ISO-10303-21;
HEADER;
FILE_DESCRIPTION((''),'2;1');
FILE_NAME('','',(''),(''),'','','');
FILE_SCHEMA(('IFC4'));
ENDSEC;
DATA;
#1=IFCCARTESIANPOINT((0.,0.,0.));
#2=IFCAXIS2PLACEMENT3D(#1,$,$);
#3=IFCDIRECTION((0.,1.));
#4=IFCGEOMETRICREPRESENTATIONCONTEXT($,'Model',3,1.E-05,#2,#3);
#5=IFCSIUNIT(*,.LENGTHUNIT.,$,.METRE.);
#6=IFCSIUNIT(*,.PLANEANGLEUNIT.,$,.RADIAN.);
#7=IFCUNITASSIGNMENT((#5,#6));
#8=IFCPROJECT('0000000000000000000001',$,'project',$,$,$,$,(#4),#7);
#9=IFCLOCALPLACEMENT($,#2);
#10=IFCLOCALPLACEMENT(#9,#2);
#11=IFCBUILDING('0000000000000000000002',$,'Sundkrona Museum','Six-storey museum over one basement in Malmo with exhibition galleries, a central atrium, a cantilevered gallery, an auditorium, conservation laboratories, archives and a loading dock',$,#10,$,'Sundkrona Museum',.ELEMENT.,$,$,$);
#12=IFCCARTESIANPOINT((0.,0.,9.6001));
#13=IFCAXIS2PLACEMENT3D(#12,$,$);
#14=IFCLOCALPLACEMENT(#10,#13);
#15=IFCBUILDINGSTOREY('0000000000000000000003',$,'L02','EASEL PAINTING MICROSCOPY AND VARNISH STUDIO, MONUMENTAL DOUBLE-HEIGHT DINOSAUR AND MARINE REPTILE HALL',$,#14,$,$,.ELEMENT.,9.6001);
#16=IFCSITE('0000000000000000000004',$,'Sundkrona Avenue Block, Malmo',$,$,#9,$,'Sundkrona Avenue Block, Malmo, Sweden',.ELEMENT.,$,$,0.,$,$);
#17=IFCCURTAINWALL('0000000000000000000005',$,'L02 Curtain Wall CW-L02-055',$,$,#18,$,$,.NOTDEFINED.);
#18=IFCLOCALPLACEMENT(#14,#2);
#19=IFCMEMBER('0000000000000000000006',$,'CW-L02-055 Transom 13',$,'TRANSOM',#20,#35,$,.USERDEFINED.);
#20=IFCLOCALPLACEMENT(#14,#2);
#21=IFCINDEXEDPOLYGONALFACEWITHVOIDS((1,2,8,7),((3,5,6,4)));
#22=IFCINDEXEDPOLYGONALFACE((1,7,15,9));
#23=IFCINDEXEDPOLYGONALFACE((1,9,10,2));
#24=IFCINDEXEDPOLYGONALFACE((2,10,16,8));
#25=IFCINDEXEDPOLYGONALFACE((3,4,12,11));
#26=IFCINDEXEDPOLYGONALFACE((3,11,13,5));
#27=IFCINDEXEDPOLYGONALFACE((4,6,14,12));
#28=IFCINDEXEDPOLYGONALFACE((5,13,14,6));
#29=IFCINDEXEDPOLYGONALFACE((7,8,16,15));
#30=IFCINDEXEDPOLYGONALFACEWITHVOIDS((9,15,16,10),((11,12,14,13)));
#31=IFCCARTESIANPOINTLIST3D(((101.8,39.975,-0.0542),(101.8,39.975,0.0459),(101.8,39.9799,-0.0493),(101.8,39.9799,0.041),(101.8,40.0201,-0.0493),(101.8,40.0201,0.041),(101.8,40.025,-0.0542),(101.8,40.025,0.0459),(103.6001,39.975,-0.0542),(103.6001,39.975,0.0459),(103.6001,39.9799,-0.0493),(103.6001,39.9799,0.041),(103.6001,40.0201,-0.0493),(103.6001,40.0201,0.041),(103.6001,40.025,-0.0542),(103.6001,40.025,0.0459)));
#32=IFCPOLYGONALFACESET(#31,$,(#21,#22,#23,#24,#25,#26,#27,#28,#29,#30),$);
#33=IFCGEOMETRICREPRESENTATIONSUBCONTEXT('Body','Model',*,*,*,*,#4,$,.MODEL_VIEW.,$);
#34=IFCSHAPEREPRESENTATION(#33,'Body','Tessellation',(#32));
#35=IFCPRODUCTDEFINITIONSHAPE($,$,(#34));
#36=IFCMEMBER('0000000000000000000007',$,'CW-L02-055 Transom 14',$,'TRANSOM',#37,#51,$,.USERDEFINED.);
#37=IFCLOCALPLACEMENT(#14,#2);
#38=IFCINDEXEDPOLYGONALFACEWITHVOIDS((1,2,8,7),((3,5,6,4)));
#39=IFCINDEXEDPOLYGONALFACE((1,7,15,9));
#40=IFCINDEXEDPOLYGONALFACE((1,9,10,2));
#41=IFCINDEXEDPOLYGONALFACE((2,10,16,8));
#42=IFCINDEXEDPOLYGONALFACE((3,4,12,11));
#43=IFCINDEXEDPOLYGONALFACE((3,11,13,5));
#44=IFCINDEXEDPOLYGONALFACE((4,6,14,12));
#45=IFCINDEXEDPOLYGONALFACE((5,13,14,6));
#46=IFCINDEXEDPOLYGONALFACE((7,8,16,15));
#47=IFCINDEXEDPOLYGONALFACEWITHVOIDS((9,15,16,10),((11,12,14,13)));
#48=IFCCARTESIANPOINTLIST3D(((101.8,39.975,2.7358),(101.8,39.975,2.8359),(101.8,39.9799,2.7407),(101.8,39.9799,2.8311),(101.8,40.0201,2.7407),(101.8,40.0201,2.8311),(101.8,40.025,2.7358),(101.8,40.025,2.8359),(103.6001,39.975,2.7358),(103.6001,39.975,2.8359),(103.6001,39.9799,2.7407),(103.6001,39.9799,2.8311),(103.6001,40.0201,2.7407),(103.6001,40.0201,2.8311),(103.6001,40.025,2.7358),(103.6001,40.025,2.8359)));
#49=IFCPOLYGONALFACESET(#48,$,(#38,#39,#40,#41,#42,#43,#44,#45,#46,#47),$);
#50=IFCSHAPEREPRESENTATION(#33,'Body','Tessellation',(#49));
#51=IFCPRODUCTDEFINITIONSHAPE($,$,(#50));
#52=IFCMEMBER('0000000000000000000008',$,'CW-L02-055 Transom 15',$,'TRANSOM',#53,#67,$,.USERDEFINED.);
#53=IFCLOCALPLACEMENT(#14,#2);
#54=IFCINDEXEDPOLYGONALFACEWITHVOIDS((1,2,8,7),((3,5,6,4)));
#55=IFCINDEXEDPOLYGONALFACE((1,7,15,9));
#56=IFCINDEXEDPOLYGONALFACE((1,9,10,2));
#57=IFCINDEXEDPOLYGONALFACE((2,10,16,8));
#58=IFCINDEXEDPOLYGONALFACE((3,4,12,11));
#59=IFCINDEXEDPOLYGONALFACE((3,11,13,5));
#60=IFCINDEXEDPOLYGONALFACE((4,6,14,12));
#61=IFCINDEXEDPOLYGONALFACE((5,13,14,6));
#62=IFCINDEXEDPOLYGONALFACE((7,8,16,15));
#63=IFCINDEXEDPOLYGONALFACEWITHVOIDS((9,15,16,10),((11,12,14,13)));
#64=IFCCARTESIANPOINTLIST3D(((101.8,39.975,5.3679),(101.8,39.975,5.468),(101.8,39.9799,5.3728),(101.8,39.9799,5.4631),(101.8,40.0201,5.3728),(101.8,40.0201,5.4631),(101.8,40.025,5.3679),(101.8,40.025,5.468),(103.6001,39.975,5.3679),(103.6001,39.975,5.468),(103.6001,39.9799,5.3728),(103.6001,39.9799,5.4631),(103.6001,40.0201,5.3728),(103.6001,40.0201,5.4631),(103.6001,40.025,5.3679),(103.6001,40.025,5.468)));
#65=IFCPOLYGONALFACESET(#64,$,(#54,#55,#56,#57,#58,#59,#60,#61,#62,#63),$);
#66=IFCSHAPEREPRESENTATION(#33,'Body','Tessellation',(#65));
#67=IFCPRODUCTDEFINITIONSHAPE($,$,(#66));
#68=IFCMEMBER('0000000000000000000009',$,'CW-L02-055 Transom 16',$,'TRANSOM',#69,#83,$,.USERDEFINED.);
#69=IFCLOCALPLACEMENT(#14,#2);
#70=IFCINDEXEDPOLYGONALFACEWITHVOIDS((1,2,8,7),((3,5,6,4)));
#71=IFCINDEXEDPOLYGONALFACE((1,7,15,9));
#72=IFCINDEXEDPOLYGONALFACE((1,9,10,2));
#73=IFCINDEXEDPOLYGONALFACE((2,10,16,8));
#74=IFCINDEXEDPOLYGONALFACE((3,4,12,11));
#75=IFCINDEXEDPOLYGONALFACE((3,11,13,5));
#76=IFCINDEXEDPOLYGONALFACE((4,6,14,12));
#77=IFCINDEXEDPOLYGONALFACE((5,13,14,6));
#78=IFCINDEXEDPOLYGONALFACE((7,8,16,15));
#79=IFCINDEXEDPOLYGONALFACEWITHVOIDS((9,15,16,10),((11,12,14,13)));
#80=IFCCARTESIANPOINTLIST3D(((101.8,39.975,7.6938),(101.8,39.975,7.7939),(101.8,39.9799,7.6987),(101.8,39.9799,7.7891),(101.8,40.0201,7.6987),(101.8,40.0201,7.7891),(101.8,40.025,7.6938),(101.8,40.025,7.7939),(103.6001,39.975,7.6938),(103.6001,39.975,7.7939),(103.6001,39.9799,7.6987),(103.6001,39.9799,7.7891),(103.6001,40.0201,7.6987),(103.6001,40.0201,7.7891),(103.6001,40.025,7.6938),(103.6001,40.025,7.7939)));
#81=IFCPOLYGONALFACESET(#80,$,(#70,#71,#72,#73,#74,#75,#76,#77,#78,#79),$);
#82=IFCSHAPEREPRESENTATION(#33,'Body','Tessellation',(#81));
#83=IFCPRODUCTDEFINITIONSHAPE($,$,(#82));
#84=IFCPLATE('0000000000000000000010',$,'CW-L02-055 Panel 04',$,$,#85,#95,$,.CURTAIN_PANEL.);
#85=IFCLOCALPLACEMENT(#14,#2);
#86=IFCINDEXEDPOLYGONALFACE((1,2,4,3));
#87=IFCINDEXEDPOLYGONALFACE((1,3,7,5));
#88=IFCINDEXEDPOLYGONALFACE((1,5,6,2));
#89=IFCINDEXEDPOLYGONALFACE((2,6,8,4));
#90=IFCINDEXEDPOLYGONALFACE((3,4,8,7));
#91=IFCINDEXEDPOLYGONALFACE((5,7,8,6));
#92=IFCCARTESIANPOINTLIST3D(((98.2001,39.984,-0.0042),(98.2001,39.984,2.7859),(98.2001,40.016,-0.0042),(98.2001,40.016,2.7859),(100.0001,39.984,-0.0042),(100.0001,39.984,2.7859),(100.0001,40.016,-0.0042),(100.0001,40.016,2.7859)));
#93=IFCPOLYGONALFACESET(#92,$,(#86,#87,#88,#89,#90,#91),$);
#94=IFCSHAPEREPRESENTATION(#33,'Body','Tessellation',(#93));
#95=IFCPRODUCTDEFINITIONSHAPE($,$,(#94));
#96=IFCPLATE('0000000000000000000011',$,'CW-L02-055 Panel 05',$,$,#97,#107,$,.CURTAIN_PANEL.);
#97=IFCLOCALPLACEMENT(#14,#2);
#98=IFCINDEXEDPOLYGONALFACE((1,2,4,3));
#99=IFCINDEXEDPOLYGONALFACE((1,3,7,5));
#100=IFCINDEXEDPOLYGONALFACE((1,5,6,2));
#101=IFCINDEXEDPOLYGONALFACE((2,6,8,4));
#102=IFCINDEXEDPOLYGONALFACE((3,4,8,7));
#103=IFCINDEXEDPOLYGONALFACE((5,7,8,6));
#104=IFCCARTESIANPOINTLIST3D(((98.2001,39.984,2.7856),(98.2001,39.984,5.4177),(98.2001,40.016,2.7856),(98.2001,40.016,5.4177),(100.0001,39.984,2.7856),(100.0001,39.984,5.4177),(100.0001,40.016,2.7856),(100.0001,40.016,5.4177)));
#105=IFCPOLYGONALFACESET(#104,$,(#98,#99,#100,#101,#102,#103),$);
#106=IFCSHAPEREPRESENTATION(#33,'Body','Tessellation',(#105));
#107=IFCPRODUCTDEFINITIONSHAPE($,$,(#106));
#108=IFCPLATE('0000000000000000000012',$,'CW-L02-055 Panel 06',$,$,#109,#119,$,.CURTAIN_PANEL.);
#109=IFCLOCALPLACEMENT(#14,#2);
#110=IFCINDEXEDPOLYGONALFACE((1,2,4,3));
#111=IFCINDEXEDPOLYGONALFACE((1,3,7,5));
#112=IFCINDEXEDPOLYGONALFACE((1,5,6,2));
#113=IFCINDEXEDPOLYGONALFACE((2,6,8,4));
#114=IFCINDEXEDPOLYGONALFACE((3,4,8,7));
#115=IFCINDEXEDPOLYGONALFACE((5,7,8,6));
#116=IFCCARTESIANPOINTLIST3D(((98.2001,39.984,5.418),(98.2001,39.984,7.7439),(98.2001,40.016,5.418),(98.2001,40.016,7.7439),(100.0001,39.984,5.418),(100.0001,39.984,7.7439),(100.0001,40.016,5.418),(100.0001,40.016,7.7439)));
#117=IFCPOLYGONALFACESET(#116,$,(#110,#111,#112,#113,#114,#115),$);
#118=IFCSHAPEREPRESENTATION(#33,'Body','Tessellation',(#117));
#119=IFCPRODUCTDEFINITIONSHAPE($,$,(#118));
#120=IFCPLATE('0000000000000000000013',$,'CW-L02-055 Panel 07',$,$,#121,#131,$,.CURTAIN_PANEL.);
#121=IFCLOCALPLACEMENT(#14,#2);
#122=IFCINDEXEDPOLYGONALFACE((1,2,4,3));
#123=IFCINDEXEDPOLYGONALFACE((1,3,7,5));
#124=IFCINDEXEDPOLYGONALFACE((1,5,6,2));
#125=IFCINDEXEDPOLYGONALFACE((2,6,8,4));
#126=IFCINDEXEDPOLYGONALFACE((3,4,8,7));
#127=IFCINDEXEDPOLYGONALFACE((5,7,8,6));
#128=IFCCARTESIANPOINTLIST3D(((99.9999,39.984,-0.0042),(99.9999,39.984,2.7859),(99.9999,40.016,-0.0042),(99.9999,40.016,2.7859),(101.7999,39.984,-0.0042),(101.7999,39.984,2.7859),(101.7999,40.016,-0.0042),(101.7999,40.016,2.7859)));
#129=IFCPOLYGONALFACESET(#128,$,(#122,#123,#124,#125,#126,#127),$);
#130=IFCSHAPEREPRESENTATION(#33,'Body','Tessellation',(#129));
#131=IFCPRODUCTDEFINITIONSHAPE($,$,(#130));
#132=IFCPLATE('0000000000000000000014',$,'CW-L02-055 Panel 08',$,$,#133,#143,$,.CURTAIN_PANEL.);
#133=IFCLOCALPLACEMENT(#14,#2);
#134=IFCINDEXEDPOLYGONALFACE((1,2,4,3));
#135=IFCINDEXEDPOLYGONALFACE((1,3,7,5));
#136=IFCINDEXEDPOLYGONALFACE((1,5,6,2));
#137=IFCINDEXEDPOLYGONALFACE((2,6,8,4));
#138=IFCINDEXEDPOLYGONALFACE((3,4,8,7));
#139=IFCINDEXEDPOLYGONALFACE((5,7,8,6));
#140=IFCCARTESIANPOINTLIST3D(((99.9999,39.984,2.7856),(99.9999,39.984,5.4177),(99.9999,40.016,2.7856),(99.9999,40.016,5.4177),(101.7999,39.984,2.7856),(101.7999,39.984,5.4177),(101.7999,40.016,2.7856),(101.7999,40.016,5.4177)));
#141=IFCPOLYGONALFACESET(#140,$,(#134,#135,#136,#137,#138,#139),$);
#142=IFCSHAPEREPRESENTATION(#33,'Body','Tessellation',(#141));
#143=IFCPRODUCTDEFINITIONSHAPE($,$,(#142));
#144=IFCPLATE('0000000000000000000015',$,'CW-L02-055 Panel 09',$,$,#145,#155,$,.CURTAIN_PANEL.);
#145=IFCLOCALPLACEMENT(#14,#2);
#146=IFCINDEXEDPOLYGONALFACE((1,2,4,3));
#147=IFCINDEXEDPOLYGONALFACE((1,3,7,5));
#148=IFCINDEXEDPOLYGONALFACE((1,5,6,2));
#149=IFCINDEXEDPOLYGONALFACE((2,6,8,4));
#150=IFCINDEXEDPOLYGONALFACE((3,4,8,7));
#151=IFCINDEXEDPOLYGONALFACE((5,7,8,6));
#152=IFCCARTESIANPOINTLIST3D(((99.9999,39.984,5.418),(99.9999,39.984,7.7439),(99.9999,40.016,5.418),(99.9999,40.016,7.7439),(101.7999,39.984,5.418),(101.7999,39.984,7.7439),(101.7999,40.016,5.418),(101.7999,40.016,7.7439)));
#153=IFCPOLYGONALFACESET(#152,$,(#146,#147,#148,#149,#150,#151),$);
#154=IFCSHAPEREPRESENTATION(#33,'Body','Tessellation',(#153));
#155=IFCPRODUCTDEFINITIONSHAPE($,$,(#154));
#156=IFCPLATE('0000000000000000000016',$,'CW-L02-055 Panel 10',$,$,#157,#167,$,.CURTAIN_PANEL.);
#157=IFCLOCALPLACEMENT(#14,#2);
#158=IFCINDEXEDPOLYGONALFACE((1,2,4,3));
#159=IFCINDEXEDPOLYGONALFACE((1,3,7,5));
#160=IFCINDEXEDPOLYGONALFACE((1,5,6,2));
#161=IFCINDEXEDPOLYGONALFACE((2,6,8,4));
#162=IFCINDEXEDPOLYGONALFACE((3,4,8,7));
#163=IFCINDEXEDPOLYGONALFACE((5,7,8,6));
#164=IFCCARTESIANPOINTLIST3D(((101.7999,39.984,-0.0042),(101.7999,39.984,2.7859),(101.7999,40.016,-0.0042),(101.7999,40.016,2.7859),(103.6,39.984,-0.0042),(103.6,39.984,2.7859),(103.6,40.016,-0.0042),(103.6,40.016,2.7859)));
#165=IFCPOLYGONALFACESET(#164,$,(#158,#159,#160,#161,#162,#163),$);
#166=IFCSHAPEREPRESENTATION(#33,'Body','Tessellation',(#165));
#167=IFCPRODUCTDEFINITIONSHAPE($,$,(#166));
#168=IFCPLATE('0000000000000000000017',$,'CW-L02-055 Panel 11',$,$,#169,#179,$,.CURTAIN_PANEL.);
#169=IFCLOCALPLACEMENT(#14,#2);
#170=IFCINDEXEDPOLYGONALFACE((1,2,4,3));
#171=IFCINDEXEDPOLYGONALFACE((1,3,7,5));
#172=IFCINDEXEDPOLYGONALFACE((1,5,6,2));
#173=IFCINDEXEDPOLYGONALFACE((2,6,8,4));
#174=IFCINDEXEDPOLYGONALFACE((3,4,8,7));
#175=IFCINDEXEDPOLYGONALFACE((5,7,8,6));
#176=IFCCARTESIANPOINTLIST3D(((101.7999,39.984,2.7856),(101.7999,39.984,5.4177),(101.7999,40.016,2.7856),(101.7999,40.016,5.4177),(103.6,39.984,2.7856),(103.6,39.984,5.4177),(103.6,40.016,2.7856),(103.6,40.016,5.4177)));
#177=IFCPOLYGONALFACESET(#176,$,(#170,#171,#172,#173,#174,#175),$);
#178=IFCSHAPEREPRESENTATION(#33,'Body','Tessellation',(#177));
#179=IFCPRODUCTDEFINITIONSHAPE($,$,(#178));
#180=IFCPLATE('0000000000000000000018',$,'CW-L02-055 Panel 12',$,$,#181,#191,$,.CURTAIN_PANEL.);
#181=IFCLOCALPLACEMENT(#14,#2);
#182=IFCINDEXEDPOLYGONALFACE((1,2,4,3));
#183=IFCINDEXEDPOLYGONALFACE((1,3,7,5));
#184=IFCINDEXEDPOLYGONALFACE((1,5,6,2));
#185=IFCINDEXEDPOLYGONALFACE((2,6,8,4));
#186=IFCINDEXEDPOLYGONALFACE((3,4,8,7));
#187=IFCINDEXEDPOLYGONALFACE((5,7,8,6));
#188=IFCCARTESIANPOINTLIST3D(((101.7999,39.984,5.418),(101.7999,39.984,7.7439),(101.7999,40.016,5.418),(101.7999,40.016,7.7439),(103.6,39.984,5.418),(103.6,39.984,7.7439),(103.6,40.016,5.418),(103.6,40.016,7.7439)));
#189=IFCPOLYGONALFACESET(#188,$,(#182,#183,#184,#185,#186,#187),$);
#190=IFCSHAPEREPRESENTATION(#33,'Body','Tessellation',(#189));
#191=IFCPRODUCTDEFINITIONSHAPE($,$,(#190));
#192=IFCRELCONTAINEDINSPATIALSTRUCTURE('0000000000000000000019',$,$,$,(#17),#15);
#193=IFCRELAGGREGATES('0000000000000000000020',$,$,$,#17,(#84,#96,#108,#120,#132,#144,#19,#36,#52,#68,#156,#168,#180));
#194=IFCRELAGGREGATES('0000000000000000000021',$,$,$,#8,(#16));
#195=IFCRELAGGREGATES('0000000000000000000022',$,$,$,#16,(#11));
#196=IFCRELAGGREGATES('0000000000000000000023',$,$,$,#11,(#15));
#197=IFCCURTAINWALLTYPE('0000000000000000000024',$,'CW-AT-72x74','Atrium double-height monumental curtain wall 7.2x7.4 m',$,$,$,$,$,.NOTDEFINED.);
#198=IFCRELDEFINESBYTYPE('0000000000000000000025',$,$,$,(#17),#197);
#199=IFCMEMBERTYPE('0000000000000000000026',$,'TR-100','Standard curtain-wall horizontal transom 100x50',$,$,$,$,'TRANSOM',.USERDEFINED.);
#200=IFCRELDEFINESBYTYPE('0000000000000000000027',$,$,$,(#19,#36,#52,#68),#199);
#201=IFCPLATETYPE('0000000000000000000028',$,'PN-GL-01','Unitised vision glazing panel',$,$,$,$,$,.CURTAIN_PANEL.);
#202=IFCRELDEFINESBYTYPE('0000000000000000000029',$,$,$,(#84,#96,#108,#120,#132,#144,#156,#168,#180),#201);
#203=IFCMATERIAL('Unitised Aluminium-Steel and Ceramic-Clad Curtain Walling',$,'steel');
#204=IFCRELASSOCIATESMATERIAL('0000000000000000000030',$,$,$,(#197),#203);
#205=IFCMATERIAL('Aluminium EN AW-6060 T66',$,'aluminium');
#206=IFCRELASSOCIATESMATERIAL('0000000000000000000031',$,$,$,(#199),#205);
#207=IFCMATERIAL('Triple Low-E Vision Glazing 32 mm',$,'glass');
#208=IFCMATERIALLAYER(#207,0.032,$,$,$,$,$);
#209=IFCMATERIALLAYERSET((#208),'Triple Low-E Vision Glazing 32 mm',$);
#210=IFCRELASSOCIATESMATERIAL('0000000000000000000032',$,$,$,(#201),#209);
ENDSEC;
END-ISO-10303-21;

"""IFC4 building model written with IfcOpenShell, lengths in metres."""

from ifc_helpers import new_model, si_unit, direction, frame, origin, origin_2d, place, context, subcontext, project, spatial, rectangle, hollow_rectangle, extrude, material, layer, layer_set, material_profile, profile_set, type_object, element, aggregate, save


model = new_model("IFC4")

# Units and contexts
model_context = context("Model", 3, precision=1e-05, world=origin(), true_north=direction((0.0, 1.0)))
body_context = subcontext(model_context, "Body", "Model", "MODEL_VIEW")
ifc_project = project(units=[si_unit("LENGTHUNIT", "METRE"), si_unit("PLANEANGLEUNIT", "RADIAN")], contexts=[model_context])

# Site, building, storey
site_placement = place(None, origin())
site = spatial("IfcSite", under=ifc_project, at=site_placement, Name="Sundkrona Avenue Block, Malmo", LongName="Sundkrona Avenue Block, Malmo, Sweden", CompositionType="ELEMENT", RefElevation=0.0)
building_placement = place(site_placement, origin())
building = spatial("IfcBuilding", under=site, at=building_placement, Name="Sundkrona Museum", Description="Six-storey museum over one basement in Malmo with exhibition galleries, a central atrium, a cantilevered gallery, an auditorium, conservation laboratories, archives and a loading dock", LongName="Sundkrona Museum", CompositionType="ELEMENT")
storey_placement = place(building_placement, frame((0.0, 0.0, 9.6001)))
storey = spatial("IfcBuildingStorey", under=building, at=storey_placement, Name="L02", Description="EASEL PAINTING MICROSCOPY AND VARNISH STUDIO, MONUMENTAL DOUBLE-HEIGHT DINOSAUR AND MARINE REPTILE HALL", CompositionType="ELEMENT", Elevation=9.6001)

# Curtain wall, members, plates
ifc_material_1 = material(Name="Unitised Aluminium-Steel and Ceramic-Clad Curtain Walling", Category="steel")
curtain_wall_type = type_object("IfcCurtainWallType", Name="CW-AT-72x74", Description="Atrium double-height monumental curtain wall 7.2x7.4 m", PredefinedType="NOTDEFINED", material=ifc_material_1)
curtain_wall_placement = place(storey_placement, origin())
curtain_wall = element("IfcCurtainWall", 1, at=curtain_wall_placement, inside=storey, type_object=curtain_wall_type, Name="L02 Curtain Wall CW-L02-055", PredefinedType="NOTDEFINED")
ifc_material_2 = material(Name="Aluminium EN AW-6060 T66", Category="aluminium")
ifc_material_profile_1 = material_profile(ifc_material_2, hollow_rectangle(XDim=0.05, YDim=0.1001, WallThickness=0.0049, at=origin_2d()), Name="RHS 100x50x5.0")
ifc_profile_set_1 = profile_set([ifc_material_profile_1], Name="Aluminium EN AW-6060 T66")
member_type_1 = type_object("IfcMemberType", Name="TR-100", Description="Standard curtain-wall horizontal transom 100x50", ElementType="TRANSOM", PredefinedType="USERDEFINED", material=ifc_profile_set_1)
member_1_placement = place(storey_placement, frame((101.8, 40.0, -0.0042), z_axis=(1.0, 0.0, 0.0), x_axis=(0.0, 1.0, 0.0)))
member_1 = element("IfcMember", 2, at=member_1_placement, type_object=member_type_1, Name="CW-L02-055 Transom 13", ObjectType="TRANSOM", PredefinedType="USERDEFINED", context=body_context, shape_type="SweptSolid", body=[
    extrude(hollow_rectangle(XDim=0.05, YDim=0.1001, WallThickness=0.0049, at=origin_2d()), origin(), (0.0, 0.0, 1.0), 1.8),
])
member_2_placement = place(storey_placement, frame((101.8, 40.0, 2.7859), z_axis=(1.0, 0.0, 0.0), x_axis=(0.0, 1.0, 0.0)))
member_2 = element("IfcMember", 3, at=member_2_placement, type_object=member_type_1, Name="CW-L02-055 Transom 14", ObjectType="TRANSOM", PredefinedType="USERDEFINED", context=body_context, shape_type="SweptSolid", body=[
    extrude(hollow_rectangle(XDim=0.05, YDim=0.1001, WallThickness=0.0049, at=origin_2d()), origin(), (0.0, 0.0, 1.0), 1.8),
])
member_3_placement = place(storey_placement, frame((101.8, 40.0, 5.418), z_axis=(1.0, 0.0, 0.0), x_axis=(0.0, 1.0, 0.0)))
member_3 = element("IfcMember", 4, at=member_3_placement, type_object=member_type_1, Name="CW-L02-055 Transom 15", ObjectType="TRANSOM", PredefinedType="USERDEFINED", context=body_context, shape_type="SweptSolid", body=[
    extrude(hollow_rectangle(XDim=0.05, YDim=0.1001, WallThickness=0.0049, at=origin_2d()), origin(), (0.0, 0.0, 1.0), 1.8),
])
member_4_placement = place(storey_placement, frame((101.8, 40.0, 7.7439), z_axis=(1.0, 0.0, 0.0), x_axis=(0.0, 1.0, 0.0)))
member_4 = element("IfcMember", 5, at=member_4_placement, type_object=member_type_1, Name="CW-L02-055 Transom 16", ObjectType="TRANSOM", PredefinedType="USERDEFINED", context=body_context, shape_type="SweptSolid", body=[
    extrude(hollow_rectangle(XDim=0.05, YDim=0.1001, WallThickness=0.0049, at=origin_2d()), origin(), (0.0, 0.0, 1.0), 1.8),
])
ifc_material_3 = material(Name="Triple Low-E Vision Glazing 32 mm", Category="glass")
ifc_layer = layer(ifc_material_3, 0.032)
ifc_layer_set = layer_set([ifc_layer], Name="Triple Low-E Vision Glazing 32 mm")
plate_type = type_object("IfcPlateType", Name="PN-GL-01", Description="Unitised vision glazing panel", PredefinedType="CURTAIN_PANEL", material=ifc_layer_set)
plate_1_placement = place(storey_placement, frame((99.1001, 40.0, -0.0042), z_axis=(0.0, 0.0, 1.0), x_axis=(1.0, 0.0, 0.0)))
plate_1 = element("IfcPlate", 6, at=plate_1_placement, type_object=plate_type, Name="CW-L02-055 Panel 04", PredefinedType="CURTAIN_PANEL", context=body_context, shape_type="SweptSolid", body=[
    extrude(rectangle(XDim=1.8, YDim=0.032, at=origin_2d()), origin(), (0.0, 0.0, 1.0), 2.79),
])
plate_2_placement = place(storey_placement, frame((99.1001, 40.0, 2.7856), z_axis=(0.0, 0.0, 1.0), x_axis=(1.0, 0.0, 0.0)))
plate_2 = element("IfcPlate", 7, at=plate_2_placement, type_object=plate_type, Name="CW-L02-055 Panel 05", PredefinedType="CURTAIN_PANEL", context=body_context, shape_type="SweptSolid", body=[
    extrude(rectangle(XDim=1.8, YDim=0.032, at=origin_2d()), origin(), (0.0, 0.0, 1.0), 2.6321),
])
plate_3_placement = place(storey_placement, frame((99.1001, 40.0, 5.418), z_axis=(0.0, 0.0, 1.0), x_axis=(1.0, 0.0, 0.0)))
plate_3 = element("IfcPlate", 8, at=plate_3_placement, type_object=plate_type, Name="CW-L02-055 Panel 06", PredefinedType="CURTAIN_PANEL", context=body_context, shape_type="SweptSolid", body=[
    extrude(rectangle(XDim=1.8, YDim=0.032, at=origin_2d()), origin(), (0.0, 0.0, 1.0), 2.3259),
])
plate_4_placement = place(storey_placement, frame((100.8999, 40.0, -0.0042), z_axis=(0.0, 0.0, 1.0), x_axis=(1.0, 0.0, 0.0)))
plate_4 = element("IfcPlate", 9, at=plate_4_placement, type_object=plate_type, Name="CW-L02-055 Panel 07", PredefinedType="CURTAIN_PANEL", context=body_context, shape_type="SweptSolid", body=[
    extrude(rectangle(XDim=1.8, YDim=0.032, at=origin_2d()), origin(), (0.0, 0.0, 1.0), 2.79),
])
plate_5_placement = place(storey_placement, frame((100.8999, 40.0, 2.7856), z_axis=(0.0, 0.0, 1.0), x_axis=(1.0, 0.0, 0.0)))
plate_5 = element("IfcPlate", 10, at=plate_5_placement, type_object=plate_type, Name="CW-L02-055 Panel 08", PredefinedType="CURTAIN_PANEL", context=body_context, shape_type="SweptSolid", body=[
    extrude(rectangle(XDim=1.8, YDim=0.032, at=origin_2d()), origin(), (0.0, 0.0, 1.0), 2.6321),
])
plate_6_placement = place(storey_placement, frame((100.8999, 40.0, 5.418), z_axis=(0.0, 0.0, 1.0), x_axis=(1.0, 0.0, 0.0)))
plate_6 = element("IfcPlate", 11, at=plate_6_placement, type_object=plate_type, Name="CW-L02-055 Panel 09", PredefinedType="CURTAIN_PANEL", context=body_context, shape_type="SweptSolid", body=[
    extrude(rectangle(XDim=1.8, YDim=0.032, at=origin_2d()), origin(), (0.0, 0.0, 1.0), 2.3259),
])
plate_7_placement = place(storey_placement, frame((102.7, 40.0, -0.0042), z_axis=(0.0, 0.0, 1.0), x_axis=(1.0, 0.0, 0.0)))
plate_7 = element("IfcPlate", 12, at=plate_7_placement, type_object=plate_type, Name="CW-L02-055 Panel 10", PredefinedType="CURTAIN_PANEL", context=body_context, shape_type="SweptSolid", body=[
    extrude(rectangle(XDim=1.8, YDim=0.032, at=origin_2d()), origin(), (0.0, 0.0, 1.0), 2.79),
])
plate_8_placement = place(storey_placement, frame((102.7, 40.0, 2.7856), z_axis=(0.0, 0.0, 1.0), x_axis=(1.0, 0.0, 0.0)))
plate_8 = element("IfcPlate", 13, at=plate_8_placement, type_object=plate_type, Name="CW-L02-055 Panel 11", PredefinedType="CURTAIN_PANEL", context=body_context, shape_type="SweptSolid", body=[
    extrude(rectangle(XDim=1.8, YDim=0.032, at=origin_2d()), origin(), (0.0, 0.0, 1.0), 2.6321),
])
plate_9_placement = place(storey_placement, frame((102.7, 40.0, 5.418), z_axis=(0.0, 0.0, 1.0), x_axis=(1.0, 0.0, 0.0)))
plate_9 = element("IfcPlate", 14, at=plate_9_placement, type_object=plate_type, Name="CW-L02-055 Panel 12", PredefinedType="CURTAIN_PANEL", context=body_context, shape_type="SweptSolid", body=[
    extrude(rectangle(XDim=1.8, YDim=0.032, at=origin_2d()), origin(), (0.0, 0.0, 1.0), 2.3259),
])
aggregate(curtain_wall, [plate_1, plate_2, plate_3, plate_4, plate_5, plate_6, member_1, member_2, member_3, member_4, plate_7, plate_8, plate_9])

save(model, "model.ifc")
